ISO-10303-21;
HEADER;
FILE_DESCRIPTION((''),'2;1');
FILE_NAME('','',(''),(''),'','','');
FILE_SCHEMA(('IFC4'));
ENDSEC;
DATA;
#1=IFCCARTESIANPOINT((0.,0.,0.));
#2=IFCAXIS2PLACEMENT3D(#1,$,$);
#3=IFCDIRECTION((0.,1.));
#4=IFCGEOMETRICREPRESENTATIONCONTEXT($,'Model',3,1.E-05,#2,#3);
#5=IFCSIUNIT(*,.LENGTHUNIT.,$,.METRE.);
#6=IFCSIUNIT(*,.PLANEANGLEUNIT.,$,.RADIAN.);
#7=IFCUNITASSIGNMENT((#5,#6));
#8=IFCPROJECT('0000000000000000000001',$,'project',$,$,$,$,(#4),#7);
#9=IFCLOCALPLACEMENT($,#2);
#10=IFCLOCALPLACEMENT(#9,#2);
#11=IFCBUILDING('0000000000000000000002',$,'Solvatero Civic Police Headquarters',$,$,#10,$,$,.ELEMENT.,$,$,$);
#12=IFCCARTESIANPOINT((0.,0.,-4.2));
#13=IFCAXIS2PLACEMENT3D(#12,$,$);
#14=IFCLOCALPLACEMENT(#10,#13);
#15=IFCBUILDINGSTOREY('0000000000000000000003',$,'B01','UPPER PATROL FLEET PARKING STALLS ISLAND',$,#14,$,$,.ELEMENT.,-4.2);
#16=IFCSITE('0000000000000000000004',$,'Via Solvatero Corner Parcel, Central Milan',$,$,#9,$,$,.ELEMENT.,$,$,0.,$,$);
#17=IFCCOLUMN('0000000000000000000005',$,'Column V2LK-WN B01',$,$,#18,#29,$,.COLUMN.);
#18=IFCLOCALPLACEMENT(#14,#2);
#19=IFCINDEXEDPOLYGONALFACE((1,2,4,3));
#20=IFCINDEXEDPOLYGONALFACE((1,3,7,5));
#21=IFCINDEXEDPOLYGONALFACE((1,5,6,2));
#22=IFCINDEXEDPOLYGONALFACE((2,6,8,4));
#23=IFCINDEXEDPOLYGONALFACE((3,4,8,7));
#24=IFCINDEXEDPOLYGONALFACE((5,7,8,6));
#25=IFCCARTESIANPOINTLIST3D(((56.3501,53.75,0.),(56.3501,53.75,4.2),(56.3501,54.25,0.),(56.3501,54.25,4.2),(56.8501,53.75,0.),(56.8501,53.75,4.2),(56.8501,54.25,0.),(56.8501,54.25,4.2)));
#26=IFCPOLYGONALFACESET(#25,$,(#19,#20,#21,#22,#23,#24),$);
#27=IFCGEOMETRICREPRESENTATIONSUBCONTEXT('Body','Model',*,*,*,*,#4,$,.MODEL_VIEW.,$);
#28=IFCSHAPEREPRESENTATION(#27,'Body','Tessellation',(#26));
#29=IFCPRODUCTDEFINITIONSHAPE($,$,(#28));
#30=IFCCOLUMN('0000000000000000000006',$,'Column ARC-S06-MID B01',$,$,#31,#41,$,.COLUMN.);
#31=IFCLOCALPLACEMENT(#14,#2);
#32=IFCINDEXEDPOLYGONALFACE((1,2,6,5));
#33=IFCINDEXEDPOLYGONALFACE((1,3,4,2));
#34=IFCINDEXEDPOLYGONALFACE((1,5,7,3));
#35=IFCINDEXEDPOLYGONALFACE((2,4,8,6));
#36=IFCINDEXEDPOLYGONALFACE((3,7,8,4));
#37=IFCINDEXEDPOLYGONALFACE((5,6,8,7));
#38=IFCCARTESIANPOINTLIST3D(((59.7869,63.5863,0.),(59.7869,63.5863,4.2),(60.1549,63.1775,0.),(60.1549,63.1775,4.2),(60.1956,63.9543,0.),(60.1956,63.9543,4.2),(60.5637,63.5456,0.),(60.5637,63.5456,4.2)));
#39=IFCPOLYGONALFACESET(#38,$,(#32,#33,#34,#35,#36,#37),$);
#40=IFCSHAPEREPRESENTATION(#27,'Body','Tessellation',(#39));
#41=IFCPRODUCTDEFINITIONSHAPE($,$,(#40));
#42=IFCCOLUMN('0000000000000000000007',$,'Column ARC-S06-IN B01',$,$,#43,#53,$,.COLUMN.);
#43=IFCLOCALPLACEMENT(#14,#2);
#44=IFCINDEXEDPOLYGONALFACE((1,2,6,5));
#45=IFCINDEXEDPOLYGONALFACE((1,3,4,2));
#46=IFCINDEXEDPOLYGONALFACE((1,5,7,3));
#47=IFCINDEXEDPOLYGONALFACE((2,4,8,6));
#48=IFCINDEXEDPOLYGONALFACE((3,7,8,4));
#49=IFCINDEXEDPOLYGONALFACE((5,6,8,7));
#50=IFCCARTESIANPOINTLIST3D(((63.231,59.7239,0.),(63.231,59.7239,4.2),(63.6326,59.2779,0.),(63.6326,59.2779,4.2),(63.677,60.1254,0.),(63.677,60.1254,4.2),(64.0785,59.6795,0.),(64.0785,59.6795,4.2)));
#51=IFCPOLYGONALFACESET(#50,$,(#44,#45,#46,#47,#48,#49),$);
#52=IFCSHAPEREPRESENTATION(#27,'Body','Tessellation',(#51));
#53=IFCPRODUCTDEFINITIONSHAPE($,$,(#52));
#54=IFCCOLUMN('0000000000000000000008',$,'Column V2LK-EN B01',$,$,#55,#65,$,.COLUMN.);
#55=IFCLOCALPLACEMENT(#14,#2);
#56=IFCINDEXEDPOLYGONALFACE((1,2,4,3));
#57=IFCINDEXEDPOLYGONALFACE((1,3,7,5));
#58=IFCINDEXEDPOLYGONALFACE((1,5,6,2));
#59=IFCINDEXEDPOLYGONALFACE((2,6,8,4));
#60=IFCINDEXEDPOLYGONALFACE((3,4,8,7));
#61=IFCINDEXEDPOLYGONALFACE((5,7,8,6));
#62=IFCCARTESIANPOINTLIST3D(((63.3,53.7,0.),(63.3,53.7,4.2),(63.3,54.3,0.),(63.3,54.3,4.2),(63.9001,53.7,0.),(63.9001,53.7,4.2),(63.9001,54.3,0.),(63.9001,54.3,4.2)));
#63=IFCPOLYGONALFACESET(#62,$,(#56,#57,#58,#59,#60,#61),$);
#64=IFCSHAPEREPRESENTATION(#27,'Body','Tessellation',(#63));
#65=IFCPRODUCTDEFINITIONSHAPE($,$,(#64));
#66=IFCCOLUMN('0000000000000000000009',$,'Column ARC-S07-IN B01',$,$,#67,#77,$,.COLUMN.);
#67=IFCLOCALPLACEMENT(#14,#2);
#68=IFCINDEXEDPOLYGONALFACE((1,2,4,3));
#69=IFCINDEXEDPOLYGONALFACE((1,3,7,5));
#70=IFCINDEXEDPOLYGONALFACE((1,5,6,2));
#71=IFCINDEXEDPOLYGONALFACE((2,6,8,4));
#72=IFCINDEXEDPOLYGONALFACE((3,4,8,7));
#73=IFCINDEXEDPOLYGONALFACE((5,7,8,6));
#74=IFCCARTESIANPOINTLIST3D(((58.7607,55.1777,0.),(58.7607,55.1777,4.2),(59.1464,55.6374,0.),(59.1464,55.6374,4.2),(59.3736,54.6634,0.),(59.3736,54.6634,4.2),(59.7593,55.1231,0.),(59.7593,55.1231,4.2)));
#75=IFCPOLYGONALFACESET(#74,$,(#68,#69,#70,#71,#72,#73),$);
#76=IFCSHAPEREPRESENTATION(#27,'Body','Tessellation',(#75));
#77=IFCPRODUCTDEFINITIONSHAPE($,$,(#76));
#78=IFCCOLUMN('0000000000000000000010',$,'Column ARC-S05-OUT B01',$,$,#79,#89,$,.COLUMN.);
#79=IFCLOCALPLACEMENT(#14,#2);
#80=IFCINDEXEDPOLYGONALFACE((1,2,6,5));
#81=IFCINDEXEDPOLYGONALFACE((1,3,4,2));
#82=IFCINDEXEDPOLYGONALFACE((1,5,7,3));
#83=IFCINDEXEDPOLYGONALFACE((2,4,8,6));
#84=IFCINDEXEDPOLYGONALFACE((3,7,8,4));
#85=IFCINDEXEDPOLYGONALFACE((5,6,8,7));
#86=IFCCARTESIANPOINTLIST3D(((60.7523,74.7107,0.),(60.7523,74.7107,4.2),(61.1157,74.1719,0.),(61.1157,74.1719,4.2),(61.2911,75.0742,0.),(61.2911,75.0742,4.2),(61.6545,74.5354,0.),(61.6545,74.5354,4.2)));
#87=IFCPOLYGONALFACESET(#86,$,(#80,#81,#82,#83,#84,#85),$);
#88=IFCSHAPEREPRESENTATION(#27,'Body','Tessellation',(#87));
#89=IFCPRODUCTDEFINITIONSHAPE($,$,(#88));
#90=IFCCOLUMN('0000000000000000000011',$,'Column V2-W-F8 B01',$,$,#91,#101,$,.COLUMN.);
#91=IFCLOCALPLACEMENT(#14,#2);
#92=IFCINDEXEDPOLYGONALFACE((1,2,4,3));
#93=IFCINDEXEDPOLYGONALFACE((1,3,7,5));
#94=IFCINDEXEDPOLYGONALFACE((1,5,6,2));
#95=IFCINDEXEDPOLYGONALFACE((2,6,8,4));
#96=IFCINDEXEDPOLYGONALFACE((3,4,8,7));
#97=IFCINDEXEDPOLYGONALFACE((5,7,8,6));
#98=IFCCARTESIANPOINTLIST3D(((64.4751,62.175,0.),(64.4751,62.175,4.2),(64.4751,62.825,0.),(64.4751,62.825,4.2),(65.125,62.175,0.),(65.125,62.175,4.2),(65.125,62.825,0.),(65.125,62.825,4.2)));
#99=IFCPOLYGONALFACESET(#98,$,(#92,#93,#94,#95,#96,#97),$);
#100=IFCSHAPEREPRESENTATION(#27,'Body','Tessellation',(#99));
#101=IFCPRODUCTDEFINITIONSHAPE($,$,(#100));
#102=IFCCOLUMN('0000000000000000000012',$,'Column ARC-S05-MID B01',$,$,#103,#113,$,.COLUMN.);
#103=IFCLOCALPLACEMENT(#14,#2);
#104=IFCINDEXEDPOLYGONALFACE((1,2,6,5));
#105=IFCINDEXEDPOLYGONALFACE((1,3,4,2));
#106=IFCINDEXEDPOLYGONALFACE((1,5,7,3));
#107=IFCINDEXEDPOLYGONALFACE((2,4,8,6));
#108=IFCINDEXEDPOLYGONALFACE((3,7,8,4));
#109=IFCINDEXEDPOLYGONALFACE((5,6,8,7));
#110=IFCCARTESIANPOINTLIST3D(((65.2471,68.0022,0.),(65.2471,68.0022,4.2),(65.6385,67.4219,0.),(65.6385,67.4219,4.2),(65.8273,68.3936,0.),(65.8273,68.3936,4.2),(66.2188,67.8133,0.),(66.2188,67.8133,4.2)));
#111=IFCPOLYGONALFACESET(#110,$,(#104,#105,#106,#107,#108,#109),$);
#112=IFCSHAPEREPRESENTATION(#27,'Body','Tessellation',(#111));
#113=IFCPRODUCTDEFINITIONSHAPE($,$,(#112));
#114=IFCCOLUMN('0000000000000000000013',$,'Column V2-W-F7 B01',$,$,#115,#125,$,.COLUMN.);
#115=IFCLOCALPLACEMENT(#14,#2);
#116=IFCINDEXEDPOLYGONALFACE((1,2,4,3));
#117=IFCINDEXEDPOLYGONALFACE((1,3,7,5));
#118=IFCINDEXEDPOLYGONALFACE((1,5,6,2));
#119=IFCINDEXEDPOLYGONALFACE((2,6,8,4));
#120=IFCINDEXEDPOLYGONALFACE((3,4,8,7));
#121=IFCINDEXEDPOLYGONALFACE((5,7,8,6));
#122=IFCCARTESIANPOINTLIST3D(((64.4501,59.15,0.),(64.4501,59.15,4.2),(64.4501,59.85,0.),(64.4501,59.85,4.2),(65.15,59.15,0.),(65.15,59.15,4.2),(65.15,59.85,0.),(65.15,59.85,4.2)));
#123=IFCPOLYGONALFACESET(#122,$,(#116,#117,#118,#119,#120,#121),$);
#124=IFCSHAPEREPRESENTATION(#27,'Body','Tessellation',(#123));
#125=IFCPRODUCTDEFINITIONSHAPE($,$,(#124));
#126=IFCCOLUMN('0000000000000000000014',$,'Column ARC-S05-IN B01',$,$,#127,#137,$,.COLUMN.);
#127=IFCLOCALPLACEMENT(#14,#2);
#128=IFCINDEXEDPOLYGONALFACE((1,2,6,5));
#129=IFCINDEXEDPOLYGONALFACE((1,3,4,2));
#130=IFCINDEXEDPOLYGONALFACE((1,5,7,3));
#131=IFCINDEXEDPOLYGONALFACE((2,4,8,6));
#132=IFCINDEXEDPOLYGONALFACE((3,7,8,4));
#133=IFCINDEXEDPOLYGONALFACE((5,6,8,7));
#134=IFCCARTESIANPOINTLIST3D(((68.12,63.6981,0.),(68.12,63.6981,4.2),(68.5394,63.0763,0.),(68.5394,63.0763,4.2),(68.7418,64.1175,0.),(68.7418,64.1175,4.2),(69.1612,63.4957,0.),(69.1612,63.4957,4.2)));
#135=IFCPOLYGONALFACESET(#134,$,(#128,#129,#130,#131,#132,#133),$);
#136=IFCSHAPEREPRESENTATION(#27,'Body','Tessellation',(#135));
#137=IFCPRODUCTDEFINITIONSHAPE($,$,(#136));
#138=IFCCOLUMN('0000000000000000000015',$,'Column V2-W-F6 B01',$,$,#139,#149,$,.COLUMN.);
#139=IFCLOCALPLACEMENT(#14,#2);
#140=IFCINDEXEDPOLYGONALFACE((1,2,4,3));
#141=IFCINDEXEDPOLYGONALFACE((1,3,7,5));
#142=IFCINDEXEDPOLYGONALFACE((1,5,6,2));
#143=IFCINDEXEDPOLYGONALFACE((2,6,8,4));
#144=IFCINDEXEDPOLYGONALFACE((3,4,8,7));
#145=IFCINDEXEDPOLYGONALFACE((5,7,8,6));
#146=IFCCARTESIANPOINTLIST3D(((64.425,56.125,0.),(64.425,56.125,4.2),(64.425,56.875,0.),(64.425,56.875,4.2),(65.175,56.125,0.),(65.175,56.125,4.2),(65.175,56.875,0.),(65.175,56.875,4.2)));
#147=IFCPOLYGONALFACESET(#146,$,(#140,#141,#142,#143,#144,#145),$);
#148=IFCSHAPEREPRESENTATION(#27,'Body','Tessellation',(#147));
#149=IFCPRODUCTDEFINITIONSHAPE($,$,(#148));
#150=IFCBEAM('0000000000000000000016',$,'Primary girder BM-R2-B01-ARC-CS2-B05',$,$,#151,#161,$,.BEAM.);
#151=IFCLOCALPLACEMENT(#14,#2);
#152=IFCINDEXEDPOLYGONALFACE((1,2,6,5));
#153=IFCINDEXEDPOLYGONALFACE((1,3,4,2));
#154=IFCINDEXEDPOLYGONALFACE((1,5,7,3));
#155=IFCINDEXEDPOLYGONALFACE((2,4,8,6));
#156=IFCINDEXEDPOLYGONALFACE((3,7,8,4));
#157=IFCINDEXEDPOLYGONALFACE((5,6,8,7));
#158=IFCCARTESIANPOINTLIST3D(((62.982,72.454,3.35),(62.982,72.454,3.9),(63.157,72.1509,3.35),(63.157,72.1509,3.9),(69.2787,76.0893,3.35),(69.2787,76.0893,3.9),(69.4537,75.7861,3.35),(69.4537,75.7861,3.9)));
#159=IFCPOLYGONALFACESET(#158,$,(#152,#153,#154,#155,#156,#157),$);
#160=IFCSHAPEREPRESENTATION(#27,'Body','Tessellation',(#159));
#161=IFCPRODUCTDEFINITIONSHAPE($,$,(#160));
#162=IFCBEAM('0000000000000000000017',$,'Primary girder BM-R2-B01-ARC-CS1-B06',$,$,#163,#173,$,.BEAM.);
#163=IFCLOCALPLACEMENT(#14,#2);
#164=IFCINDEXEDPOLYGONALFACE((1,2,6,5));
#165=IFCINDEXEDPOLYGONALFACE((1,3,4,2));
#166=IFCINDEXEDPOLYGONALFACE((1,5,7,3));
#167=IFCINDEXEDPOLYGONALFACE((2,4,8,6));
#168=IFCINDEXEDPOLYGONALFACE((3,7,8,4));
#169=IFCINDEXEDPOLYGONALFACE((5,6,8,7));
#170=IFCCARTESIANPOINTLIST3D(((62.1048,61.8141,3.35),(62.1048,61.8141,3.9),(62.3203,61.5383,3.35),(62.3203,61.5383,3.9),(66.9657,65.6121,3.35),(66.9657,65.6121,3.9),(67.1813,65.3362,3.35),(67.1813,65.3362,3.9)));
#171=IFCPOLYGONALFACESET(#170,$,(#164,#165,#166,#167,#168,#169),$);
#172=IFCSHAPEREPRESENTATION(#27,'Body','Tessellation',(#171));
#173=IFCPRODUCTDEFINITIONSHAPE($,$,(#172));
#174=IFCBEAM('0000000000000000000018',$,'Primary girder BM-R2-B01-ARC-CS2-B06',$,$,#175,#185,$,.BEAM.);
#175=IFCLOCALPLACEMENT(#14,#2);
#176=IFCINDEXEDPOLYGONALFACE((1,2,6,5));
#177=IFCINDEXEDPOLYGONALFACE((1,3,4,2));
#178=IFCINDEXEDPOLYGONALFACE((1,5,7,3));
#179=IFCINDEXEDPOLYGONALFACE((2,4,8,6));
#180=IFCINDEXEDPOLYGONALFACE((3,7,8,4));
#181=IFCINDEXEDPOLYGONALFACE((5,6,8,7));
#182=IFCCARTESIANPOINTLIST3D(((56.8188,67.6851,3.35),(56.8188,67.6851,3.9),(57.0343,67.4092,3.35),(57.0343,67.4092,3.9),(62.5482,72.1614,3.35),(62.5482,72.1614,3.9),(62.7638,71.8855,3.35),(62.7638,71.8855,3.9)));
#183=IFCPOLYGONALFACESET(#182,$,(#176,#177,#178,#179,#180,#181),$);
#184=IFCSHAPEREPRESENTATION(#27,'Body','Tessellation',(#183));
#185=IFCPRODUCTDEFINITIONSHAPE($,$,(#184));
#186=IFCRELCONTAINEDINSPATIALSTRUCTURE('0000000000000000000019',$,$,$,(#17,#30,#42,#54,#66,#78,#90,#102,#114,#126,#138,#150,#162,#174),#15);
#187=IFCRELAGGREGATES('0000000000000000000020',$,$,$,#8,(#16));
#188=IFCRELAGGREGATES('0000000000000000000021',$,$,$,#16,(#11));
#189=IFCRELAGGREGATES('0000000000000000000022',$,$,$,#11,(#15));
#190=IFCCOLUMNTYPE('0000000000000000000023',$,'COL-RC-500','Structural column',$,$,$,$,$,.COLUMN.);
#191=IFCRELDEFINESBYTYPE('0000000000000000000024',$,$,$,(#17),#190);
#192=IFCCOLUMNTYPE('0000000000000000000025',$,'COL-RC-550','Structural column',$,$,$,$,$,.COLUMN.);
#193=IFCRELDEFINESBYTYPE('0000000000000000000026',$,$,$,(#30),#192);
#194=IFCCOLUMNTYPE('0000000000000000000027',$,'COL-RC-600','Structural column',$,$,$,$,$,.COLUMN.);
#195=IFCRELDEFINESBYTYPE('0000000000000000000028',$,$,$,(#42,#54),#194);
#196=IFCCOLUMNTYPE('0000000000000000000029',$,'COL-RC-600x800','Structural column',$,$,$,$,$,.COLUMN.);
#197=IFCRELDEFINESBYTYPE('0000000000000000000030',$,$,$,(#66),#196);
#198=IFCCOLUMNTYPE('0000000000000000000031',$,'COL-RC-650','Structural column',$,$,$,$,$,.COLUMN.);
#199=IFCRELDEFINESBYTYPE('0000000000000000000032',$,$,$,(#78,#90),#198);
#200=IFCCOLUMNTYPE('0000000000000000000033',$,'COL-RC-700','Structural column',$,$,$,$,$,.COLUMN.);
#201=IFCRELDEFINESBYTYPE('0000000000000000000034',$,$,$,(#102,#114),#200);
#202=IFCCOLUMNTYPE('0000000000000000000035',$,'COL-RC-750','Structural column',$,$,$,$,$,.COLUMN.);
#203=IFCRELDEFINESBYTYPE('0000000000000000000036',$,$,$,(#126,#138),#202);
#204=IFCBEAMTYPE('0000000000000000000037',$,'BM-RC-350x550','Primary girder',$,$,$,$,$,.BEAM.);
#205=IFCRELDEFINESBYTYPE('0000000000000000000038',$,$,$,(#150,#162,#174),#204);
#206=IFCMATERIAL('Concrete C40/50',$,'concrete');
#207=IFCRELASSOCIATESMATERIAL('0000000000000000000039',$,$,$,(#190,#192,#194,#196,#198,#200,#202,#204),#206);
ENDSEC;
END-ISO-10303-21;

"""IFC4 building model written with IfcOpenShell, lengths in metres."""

from ifc_helpers import new_model, si_unit, direction, frame, origin, origin_2d, place, context, subcontext, project, spatial, rectangle, extrude, material, material_profile, profile_set, type_object, element, save


model = new_model("IFC4")

# Units and contexts
model_context = context("Model", 3, precision=1e-05, world=origin(), true_north=direction((0.0, 1.0)))
body_context = subcontext(model_context, "Body", "Model", "MODEL_VIEW")
ifc_project = project(units=[si_unit("LENGTHUNIT", "METRE"), si_unit("PLANEANGLEUNIT", "RADIAN")], contexts=[model_context])

# Site, building, storey
site_placement = place(None, origin())
site = spatial("IfcSite", under=ifc_project, at=site_placement, Name="Via Solvatero Corner Parcel, Central Milan", CompositionType="ELEMENT", RefElevation=0.0)
building_placement = place(site_placement, origin())
building = spatial("IfcBuilding", under=site, at=building_placement, Name="Solvatero Civic Police Headquarters", CompositionType="ELEMENT")
storey_placement = place(building_placement, frame((0.0, 0.0, -4.2)))
storey = spatial("IfcBuildingStorey", under=building, at=storey_placement, Name="B01", Description="UPPER PATROL FLEET PARKING STALLS ISLAND", CompositionType="ELEMENT", Elevation=-4.2)

# Columns
ifc_material = material(Name="Concrete C40/50", Category="concrete")
ifc_material_profile_1 = material_profile(ifc_material, rectangle(XDim=0.5, YDim=0.5, at=origin_2d()), Name="RC 500x500")
ifc_profile_set_1 = profile_set([ifc_material_profile_1], Name="Concrete C40/50")
column_type_1 = type_object("IfcColumnType", Name="COL-RC-500", Description="Structural column", PredefinedType="COLUMN", material=ifc_profile_set_1)
column_1_placement = place(storey_placement, frame((56.6001, 54.0, 0.0), z_axis=(0.0, 0.0, 1.0), x_axis=(1.0, 0.0, 0.0)))
element("IfcColumn", 1, at=column_1_placement, inside=storey, type_object=column_type_1, Name="Column V2LK-WN B01", PredefinedType="COLUMN", context=body_context, shape_type="SweptSolid", body=[
    extrude(rectangle(XDim=0.5, YDim=0.5, at=origin_2d()), origin(), (0.0, 0.0, 1.0), 4.2),
])
ifc_material_profile_2 = material_profile(ifc_material, rectangle(XDim=0.55, YDim=0.55, at=origin_2d()), Name="RC 550x550")
ifc_profile_set_2 = profile_set([ifc_material_profile_2], Name="Concrete C40/50")
column_type_2 = type_object("IfcColumnType", Name="COL-RC-550", Description="Structural column", PredefinedType="COLUMN", material=ifc_profile_set_2)
column_2_placement = place(storey_placement, frame((60.1753, 63.5659, 0.0), z_axis=(0.0, 0.0, 1.0), x_axis=(0.743145, 0.669131, 0.0)))
element("IfcColumn", 2, at=column_2_placement, inside=storey, type_object=column_type_2, Name="Column ARC-S06-MID B01", PredefinedType="COLUMN", context=body_context, shape_type="SweptSolid", body=[
    extrude(rectangle(XDim=0.55, YDim=0.55, at=origin_2d()), origin(), (0.0, 0.0, 1.0), 4.2),
])
ifc_material_profile_3 = material_profile(ifc_material, rectangle(XDim=0.6001, YDim=0.6001, at=origin_2d()), Name="RC 600x600")
ifc_profile_set_3 = profile_set([ifc_material_profile_3], Name="Concrete C40/50")
column_type_3 = type_object("IfcColumnType", Name="COL-RC-600", Description="Structural column", PredefinedType="COLUMN", material=ifc_profile_set_3)
for number, where, z_axis, x_axis, name in (
    (3, (63.6548, 59.7017, 0.0), (0.0, 0.0, 1.0), (0.743145, 0.669131, 0.0), "Column ARC-S06-IN B01"),
    (4, (63.6001, 54.0, 0.0), (0.0, 0.0, 1.0), (1.0, 0.0, 0.0), "Column V2LK-EN B01"),
):
    element("IfcColumn", number, at=place(storey_placement, frame(where, z_axis=z_axis, x_axis=x_axis)), inside=storey, type_object=column_type_3, Name=name, PredefinedType="COLUMN", context=body_context, shape_type="SweptSolid", body=[
        extrude(rectangle(XDim=0.6001, YDim=0.6001, at=origin_2d()), origin(), (0.0, 0.0, 1.0), 4.2),
    ])
ifc_material_profile_4 = material_profile(ifc_material, rectangle(XDim=0.6001, YDim=0.8, at=origin_2d()), Name="RC 600x800")
ifc_profile_set_4 = profile_set([ifc_material_profile_4], Name="Concrete C40/50")
column_type_4 = type_object("IfcColumnType", Name="COL-RC-600x800", Description="Structural column", PredefinedType="COLUMN", material=ifc_profile_set_4)
column_3_placement = place(storey_placement, frame((59.26, 55.1504, 0.0), z_axis=(0.0, 0.0, 1.0), x_axis=(0.642788, 0.766044, 0.0)))
element("IfcColumn", 5, at=column_3_placement, inside=storey, type_object=column_type_4, Name="Column ARC-S07-IN B01", PredefinedType="COLUMN", context=body_context, shape_type="SweptSolid", body=[
    extrude(rectangle(XDim=0.6001, YDim=0.8, at=origin_2d()), origin(), (0.0, 0.0, 1.0), 4.2),
])
ifc_material_profile_5 = material_profile(ifc_material, rectangle(XDim=0.6499, YDim=0.6499, at=origin_2d()), Name="RC 650x650")
ifc_profile_set_5 = profile_set([ifc_material_profile_5], Name="Concrete C40/50")
column_type_5 = type_object("IfcColumnType", Name="COL-RC-650", Description="Structural column", PredefinedType="COLUMN", material=ifc_profile_set_5)
for number, where, z_axis, x_axis, name in (
    (6, (61.2034, 74.623, 0.0), (0.0, 0.0, 1.0), (0.829038, 0.559193, 0.0), "Column ARC-S05-OUT B01"),
    (7, (64.8, 62.5, 0.0), (0.0, 0.0, 1.0), (1.0, 0.0, 0.0), "Column V2-W-F8 B01"),
):
    element("IfcColumn", number, at=place(storey_placement, frame(where, z_axis=z_axis, x_axis=x_axis)), inside=storey, type_object=column_type_5, Name=name, PredefinedType="COLUMN", context=body_context, shape_type="SweptSolid", body=[
        extrude(rectangle(XDim=0.6499, YDim=0.6499, at=origin_2d()), origin(), (0.0, 0.0, 1.0), 4.2),
    ])
ifc_material_profile_6 = material_profile(ifc_material, rectangle(XDim=0.7, YDim=0.7, at=origin_2d()), Name="RC 700x700")
ifc_profile_set_6 = profile_set([ifc_material_profile_6], Name="Concrete C40/50")
column_type_6 = type_object("IfcColumnType", Name="COL-RC-700", Description="Structural column", PredefinedType="COLUMN", material=ifc_profile_set_6)
for number, where, z_axis, x_axis, name in (
    (8, (65.7329, 67.9077, 0.0), (0.0, 0.0, 1.0), (0.829038, 0.559193, 0.0), "Column ARC-S05-MID B01"),
    (9, (64.8, 59.5, 0.0), (0.0, 0.0, 1.0), (1.0, 0.0, 0.0), "Column V2-W-F7 B01"),
):
    element("IfcColumn", number, at=place(storey_placement, frame(where, z_axis=z_axis, x_axis=x_axis)), inside=storey, type_object=column_type_6, Name=name, PredefinedType="COLUMN", context=body_context, shape_type="SweptSolid", body=[
        extrude(rectangle(XDim=0.7, YDim=0.7, at=origin_2d()), origin(), (0.0, 0.0, 1.0), 4.2),
    ])
ifc_material_profile_7 = material_profile(ifc_material, rectangle(XDim=0.75, YDim=0.75, at=origin_2d()), Name="RC 750x750")
ifc_profile_set_7 = profile_set([ifc_material_profile_7], Name="Concrete C40/50")
column_type_7 = type_object("IfcColumnType", Name="COL-RC-750", Description="Structural column", PredefinedType="COLUMN", material=ifc_profile_set_7)
for number, where, z_axis, x_axis, name in (
    (10, (68.6406, 63.5969, 0.0), (0.0, 0.0, 1.0), (0.829038, 0.559193, 0.0), "Column ARC-S05-IN B01"),
    (11, (64.8, 56.5, 0.0), (0.0, 0.0, 1.0), (1.0, 0.0, 0.0), "Column V2-W-F6 B01"),
):
    element("IfcColumn", number, at=place(storey_placement, frame(where, z_axis=z_axis, x_axis=x_axis)), inside=storey, type_object=column_type_7, Name=name, PredefinedType="COLUMN", context=body_context, shape_type="SweptSolid", body=[
        extrude(rectangle(XDim=0.75, YDim=0.75, at=origin_2d()), origin(), (0.0, 0.0, 1.0), 4.2),
    ])

# Beams
ifc_material_profile_8 = material_profile(ifc_material, rectangle(XDim=0.3501, YDim=0.55, at=origin_2d()), Name="RC 350x550")
ifc_profile_set_8 = profile_set([ifc_material_profile_8], Name="Concrete C40/50")
beam_type_1 = type_object("IfcBeamType", Name="BM-RC-350x550", Description="Primary girder", PredefinedType="BEAM", material=ifc_profile_set_8)
beam_1_placement = place(storey_placement, frame((69.3662, 75.9377, 3.625), z_axis=(-0.866032, -0.499989, 0.0), x_axis=(0.499989, -0.866032, 0.0)))
element("IfcBeam", 12, at=beam_1_placement, inside=storey, type_object=beam_type_1, Name="Primary girder BM-R2-B01-ARC-CS2-B05", PredefinedType="BEAM", context=body_context, shape_type="SweptSolid", body=[
    extrude(rectangle(XDim=0.3501, YDim=0.55, at=origin_2d()), origin(), (0.0, 0.0, 1.0), 7.2708),
])
beam_2_placement = place(storey_placement, frame((67.0735, 65.4741, 3.625), z_axis=(-0.787999, -0.615676, 0.0), x_axis=(0.615676, -0.787999, 0.0)))
element("IfcBeam", 13, at=beam_2_placement, inside=storey, type_object=beam_type_1, Name="Primary girder BM-R2-B01-ARC-CS1-B06", PredefinedType="BEAM", context=body_context, shape_type="SweptSolid", body=[
    extrude(rectangle(XDim=0.3501, YDim=0.55, at=origin_2d()), origin(), (0.0, 0.0, 1.0), 6.1687),
])
beam_3_placement = place(storey_placement, frame((62.656, 72.0234, 3.625), z_axis=(-0.788014, -0.615657, 0.0), x_axis=(0.615657, -0.788014, 0.0)))
element("IfcBeam", 14, at=beam_3_placement, inside=storey, type_object=beam_type_1, Name="Primary girder BM-R2-B01-ARC-CS2-B06", PredefinedType="BEAM", context=body_context, shape_type="SweptSolid", body=[
    extrude(rectangle(XDim=0.3501, YDim=0.55, at=origin_2d()), origin(), (0.0, 0.0, 1.0), 7.2708),
])

save(model, "model.ifc")
